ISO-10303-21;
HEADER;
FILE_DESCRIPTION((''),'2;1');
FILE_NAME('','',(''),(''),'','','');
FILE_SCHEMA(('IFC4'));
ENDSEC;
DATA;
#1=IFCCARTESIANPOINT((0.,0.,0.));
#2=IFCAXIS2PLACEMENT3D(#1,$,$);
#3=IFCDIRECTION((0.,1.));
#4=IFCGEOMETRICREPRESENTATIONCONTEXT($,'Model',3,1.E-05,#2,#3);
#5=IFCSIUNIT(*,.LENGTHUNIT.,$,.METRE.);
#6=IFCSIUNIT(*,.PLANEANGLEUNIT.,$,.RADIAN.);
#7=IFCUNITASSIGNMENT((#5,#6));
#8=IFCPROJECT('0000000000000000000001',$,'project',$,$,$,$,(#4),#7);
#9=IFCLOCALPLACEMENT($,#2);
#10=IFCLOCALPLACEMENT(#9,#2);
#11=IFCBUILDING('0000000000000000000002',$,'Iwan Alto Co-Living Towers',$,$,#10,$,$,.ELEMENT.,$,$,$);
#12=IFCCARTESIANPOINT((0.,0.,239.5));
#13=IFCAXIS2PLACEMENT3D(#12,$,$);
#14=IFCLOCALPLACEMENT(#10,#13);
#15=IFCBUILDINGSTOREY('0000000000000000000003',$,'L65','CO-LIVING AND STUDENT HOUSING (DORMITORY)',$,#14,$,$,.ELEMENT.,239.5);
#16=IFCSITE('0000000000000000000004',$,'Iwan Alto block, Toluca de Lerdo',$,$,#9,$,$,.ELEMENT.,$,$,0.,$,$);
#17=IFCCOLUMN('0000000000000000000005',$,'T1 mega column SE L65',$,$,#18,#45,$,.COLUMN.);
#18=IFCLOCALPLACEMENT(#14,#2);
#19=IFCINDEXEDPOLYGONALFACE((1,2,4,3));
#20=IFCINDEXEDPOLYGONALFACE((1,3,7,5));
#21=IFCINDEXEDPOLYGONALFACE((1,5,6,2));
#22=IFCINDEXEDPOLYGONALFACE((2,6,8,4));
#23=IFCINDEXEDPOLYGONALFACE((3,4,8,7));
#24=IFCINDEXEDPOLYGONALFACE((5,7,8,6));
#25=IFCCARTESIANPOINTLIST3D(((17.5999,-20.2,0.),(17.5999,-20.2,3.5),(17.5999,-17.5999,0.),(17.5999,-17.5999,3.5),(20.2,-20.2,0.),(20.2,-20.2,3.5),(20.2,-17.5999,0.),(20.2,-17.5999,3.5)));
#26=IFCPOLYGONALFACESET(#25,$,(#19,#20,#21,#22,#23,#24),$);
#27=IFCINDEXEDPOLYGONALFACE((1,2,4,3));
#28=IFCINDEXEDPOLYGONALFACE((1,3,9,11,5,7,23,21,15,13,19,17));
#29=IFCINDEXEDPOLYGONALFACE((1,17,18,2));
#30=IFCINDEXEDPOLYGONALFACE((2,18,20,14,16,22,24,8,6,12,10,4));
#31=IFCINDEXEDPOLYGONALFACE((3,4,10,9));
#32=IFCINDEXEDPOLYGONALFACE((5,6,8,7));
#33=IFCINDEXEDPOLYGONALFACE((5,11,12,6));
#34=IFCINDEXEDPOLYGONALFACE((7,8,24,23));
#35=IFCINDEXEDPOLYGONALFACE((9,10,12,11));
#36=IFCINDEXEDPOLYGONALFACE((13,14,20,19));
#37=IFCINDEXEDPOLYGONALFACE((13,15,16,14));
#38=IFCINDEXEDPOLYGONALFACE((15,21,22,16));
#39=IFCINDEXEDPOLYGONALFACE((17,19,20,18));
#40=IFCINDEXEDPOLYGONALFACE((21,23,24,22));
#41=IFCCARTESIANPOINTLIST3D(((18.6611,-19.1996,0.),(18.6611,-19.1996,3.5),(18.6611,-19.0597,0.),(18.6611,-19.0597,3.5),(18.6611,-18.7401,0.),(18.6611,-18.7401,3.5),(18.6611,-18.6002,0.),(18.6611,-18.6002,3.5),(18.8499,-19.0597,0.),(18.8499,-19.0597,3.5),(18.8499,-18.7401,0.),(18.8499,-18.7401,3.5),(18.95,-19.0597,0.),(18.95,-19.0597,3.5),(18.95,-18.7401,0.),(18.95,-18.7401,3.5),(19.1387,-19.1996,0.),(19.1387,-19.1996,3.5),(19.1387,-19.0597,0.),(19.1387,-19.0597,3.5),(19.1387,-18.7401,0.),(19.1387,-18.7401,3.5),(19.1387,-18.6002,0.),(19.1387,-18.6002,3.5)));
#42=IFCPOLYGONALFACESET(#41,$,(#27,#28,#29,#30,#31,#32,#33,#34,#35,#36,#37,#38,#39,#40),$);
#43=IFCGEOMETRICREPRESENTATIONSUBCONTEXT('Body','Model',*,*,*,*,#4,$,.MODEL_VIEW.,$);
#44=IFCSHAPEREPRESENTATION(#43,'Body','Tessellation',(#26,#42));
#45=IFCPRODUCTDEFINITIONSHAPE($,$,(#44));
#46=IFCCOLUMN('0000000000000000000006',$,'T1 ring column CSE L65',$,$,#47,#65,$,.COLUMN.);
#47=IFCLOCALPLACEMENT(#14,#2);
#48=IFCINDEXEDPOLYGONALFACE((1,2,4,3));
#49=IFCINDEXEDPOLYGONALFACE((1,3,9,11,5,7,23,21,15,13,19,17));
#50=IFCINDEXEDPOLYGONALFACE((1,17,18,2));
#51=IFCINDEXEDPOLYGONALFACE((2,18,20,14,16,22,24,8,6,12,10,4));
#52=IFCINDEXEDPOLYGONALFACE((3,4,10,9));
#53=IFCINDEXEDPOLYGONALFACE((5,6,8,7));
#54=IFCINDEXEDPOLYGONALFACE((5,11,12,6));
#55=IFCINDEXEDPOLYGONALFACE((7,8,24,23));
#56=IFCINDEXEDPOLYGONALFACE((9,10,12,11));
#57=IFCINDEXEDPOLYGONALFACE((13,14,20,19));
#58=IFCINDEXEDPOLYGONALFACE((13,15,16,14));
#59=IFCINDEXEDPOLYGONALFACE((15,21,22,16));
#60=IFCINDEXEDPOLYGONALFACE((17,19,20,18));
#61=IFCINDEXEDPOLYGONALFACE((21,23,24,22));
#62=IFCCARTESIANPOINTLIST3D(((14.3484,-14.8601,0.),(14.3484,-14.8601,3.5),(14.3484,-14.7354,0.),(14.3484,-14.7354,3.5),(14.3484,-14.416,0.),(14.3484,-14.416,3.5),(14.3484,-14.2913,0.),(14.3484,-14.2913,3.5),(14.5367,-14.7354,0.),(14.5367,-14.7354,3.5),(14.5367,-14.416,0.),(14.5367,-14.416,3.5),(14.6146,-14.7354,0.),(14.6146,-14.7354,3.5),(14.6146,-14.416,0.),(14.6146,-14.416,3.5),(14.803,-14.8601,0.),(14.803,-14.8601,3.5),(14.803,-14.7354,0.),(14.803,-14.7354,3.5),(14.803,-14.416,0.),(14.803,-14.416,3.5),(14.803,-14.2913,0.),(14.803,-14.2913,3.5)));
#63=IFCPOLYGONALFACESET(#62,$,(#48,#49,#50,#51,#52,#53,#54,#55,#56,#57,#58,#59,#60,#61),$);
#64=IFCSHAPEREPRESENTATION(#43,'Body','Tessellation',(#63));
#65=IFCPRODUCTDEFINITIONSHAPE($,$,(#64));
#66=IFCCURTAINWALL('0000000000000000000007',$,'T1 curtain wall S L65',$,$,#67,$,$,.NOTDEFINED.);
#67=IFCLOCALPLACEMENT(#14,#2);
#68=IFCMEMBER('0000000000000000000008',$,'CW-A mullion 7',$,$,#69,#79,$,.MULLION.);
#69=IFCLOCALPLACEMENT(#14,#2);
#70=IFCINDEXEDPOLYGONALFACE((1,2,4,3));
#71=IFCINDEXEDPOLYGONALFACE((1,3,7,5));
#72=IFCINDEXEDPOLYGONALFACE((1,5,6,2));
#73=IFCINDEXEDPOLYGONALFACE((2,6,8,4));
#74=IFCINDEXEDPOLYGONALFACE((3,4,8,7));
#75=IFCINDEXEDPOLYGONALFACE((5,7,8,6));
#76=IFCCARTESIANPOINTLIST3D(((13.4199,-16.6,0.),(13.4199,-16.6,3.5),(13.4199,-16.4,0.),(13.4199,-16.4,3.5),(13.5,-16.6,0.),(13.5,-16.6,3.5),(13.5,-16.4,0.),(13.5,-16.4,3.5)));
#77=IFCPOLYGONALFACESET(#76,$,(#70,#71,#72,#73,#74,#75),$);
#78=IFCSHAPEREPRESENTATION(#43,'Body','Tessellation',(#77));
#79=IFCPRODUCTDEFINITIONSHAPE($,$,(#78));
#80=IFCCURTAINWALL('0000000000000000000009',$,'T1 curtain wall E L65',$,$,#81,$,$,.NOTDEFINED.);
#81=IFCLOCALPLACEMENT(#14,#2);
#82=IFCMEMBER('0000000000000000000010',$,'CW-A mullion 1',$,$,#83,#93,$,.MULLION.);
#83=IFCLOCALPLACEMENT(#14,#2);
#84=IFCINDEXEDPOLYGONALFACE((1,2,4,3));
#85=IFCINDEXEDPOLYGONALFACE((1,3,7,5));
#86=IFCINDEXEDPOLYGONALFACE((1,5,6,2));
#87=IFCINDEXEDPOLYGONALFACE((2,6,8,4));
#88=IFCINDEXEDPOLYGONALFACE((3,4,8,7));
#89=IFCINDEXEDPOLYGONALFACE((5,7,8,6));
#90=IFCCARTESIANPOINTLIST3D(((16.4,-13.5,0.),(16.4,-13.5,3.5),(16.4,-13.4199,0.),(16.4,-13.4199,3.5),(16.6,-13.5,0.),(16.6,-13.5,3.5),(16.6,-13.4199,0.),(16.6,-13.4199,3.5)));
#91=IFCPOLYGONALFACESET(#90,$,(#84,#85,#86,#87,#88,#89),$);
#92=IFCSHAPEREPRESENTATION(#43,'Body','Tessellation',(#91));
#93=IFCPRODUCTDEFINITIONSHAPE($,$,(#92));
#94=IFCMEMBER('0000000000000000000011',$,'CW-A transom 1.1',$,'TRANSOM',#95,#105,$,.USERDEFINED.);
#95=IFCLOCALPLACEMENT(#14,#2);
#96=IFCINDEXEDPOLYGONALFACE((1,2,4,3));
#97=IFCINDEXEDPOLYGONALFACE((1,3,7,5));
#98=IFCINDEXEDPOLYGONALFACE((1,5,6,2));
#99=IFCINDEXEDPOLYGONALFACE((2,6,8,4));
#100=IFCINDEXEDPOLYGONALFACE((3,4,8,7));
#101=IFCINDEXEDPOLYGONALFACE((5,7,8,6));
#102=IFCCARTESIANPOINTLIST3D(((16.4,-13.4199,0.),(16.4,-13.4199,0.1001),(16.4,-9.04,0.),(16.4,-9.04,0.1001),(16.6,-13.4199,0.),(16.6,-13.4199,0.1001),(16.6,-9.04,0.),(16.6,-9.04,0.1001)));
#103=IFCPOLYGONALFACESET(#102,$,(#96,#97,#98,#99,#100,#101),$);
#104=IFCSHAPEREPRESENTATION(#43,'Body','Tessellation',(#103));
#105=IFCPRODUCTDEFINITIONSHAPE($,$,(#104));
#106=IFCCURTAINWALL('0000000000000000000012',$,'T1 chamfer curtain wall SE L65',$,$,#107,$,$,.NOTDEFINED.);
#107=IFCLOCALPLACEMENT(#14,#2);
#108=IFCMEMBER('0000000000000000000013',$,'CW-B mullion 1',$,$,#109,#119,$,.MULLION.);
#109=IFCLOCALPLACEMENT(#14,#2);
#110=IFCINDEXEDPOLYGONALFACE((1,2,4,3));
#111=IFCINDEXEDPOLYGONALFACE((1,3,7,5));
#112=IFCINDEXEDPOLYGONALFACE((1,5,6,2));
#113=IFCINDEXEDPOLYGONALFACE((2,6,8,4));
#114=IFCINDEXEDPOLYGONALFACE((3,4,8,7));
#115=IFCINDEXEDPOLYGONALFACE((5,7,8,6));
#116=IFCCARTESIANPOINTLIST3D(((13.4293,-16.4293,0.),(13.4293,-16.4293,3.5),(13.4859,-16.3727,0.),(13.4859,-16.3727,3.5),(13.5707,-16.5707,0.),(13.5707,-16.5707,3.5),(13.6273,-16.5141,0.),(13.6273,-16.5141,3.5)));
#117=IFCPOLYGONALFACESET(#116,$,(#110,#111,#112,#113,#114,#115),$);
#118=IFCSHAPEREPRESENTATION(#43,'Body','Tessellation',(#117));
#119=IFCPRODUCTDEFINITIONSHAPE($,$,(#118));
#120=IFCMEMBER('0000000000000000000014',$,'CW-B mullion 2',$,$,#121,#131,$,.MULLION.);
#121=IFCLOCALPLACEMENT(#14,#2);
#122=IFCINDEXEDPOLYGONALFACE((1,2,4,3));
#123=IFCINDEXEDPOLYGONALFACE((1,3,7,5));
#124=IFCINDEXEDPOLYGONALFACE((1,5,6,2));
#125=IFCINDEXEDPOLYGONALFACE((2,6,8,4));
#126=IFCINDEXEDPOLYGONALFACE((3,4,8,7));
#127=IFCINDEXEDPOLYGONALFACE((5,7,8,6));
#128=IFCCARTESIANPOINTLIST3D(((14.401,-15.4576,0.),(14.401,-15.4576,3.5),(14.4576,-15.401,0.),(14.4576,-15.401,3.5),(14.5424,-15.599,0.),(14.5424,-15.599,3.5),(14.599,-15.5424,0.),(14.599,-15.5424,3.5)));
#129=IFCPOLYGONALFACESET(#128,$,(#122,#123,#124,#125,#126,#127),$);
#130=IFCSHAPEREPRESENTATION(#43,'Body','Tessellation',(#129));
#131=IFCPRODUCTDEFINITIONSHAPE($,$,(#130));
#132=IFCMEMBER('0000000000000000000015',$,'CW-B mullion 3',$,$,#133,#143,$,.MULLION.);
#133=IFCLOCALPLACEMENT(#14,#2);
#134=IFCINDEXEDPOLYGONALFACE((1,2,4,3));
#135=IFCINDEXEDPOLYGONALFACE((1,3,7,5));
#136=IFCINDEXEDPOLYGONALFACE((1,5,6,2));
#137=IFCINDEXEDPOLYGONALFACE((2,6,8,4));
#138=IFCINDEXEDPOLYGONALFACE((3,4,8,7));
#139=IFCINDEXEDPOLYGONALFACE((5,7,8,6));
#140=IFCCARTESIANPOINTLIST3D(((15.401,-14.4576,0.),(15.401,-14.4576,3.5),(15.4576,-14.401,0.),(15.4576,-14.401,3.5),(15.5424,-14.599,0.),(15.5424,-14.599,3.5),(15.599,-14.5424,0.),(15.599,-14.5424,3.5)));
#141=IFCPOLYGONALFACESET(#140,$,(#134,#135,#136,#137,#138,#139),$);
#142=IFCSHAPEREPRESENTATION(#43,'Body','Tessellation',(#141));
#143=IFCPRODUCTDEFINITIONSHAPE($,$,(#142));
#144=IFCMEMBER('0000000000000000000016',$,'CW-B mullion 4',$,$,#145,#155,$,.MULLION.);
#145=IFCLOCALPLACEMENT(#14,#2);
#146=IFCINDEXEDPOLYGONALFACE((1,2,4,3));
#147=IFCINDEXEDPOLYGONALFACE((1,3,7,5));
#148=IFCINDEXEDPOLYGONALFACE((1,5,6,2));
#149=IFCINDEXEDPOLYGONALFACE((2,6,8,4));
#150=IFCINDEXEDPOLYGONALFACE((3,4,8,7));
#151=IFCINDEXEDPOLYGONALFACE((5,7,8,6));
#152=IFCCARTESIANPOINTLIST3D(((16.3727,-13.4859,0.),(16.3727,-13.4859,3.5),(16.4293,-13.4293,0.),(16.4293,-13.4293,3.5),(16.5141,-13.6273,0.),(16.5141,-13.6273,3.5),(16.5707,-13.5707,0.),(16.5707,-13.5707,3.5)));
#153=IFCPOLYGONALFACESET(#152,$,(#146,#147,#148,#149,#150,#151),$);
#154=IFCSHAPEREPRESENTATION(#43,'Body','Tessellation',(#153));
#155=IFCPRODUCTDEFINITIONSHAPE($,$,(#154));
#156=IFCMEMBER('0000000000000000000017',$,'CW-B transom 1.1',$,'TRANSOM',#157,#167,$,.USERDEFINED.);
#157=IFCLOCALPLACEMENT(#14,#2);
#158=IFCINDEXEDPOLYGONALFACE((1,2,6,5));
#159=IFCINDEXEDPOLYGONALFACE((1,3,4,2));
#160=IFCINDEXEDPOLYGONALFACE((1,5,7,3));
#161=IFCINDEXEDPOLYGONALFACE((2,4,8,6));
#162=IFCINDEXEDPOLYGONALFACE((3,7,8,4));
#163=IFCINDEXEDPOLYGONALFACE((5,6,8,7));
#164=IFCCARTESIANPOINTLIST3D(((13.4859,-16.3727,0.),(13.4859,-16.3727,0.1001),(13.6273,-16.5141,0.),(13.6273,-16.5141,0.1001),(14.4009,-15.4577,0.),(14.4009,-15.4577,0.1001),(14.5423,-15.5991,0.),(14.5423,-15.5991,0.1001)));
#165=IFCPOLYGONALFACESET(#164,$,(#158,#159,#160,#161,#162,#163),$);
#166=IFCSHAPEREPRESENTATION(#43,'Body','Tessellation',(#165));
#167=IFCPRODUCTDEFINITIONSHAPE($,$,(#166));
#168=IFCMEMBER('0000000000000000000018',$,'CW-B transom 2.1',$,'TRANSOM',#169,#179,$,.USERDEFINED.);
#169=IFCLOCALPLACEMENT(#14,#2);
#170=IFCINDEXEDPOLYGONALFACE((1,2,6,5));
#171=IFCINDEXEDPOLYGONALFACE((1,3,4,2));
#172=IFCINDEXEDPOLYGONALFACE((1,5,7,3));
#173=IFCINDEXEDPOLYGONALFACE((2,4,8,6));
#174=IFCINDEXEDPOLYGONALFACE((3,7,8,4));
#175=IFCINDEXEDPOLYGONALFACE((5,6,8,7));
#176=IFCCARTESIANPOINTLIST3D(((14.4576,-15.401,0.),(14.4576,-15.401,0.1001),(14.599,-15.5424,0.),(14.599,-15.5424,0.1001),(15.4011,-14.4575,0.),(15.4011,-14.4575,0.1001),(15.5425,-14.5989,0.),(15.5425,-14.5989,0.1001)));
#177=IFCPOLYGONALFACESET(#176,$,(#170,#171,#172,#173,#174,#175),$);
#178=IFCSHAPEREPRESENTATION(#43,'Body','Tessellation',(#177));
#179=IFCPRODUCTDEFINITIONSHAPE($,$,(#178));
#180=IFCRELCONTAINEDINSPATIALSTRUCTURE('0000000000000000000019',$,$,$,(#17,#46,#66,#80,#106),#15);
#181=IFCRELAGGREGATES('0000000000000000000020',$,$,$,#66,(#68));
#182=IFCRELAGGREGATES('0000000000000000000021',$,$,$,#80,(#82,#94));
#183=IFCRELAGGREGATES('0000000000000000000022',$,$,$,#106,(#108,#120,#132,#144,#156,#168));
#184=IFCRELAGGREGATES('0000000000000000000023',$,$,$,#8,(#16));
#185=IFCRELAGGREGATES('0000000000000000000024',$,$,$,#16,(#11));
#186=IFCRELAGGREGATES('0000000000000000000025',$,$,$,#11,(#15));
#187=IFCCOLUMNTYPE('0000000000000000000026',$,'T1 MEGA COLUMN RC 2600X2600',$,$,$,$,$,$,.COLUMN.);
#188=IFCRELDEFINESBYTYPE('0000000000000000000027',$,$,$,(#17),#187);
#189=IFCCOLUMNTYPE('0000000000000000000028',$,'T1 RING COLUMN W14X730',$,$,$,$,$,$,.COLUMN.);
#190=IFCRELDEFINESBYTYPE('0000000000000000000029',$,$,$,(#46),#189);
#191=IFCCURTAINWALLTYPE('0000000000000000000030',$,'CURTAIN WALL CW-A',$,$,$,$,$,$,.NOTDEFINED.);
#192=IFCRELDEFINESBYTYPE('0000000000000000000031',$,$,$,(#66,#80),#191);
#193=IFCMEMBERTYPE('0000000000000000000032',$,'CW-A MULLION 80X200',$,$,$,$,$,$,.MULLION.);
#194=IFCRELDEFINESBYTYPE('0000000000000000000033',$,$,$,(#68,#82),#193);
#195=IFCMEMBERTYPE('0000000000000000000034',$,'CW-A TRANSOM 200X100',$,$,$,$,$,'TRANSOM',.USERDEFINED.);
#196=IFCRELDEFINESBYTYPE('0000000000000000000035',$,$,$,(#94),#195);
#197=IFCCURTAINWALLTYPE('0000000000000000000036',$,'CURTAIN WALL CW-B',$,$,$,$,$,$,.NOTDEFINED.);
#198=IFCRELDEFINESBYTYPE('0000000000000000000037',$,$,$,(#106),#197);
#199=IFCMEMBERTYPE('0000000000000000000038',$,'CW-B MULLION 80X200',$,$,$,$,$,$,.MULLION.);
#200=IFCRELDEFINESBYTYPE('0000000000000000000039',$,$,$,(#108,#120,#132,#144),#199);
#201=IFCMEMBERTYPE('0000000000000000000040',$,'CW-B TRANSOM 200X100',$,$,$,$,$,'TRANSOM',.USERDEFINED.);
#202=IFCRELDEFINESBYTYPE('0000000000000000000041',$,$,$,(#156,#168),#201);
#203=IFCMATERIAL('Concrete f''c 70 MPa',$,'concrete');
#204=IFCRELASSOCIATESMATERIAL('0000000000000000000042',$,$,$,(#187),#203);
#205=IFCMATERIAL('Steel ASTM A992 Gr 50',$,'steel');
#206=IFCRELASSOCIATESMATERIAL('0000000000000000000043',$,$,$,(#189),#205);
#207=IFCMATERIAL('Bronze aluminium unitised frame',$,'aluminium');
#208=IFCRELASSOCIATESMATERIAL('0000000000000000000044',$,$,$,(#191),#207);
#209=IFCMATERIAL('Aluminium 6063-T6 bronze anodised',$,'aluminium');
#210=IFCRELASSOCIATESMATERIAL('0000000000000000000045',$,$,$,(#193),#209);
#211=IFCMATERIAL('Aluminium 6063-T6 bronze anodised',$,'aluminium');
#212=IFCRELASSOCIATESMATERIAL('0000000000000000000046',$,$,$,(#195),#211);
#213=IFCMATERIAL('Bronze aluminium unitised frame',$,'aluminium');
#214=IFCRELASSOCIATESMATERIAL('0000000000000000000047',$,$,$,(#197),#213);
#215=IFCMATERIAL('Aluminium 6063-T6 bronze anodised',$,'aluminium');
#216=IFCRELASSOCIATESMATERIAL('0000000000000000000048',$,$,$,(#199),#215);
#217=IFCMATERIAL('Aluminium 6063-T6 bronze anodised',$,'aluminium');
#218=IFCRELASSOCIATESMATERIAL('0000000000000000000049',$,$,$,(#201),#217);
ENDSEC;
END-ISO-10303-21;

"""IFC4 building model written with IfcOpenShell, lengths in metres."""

from ifc_helpers import new_model, si_unit, direction, frame, origin, origin_2d, place, context, subcontext, project, spatial, rectangle, i_section, extrude, material, material_profile, profile_set, type_object, element, aggregate, save


model = new_model("IFC4")

# Units and contexts
model_context = context("Model", 3, precision=1e-05, world=origin(), true_north=direction((0.0, 1.0)))
body_context = subcontext(model_context, "Body", "Model", "MODEL_VIEW")
ifc_project = project(units=[si_unit("LENGTHUNIT", "METRE"), si_unit("PLANEANGLEUNIT", "RADIAN")], contexts=[model_context])

# Site, building, storey
site_placement = place(None, origin())
site = spatial("IfcSite", under=ifc_project, at=site_placement, Name="Iwan Alto block, Toluca de Lerdo", CompositionType="ELEMENT", RefElevation=0.0)
building_placement = place(site_placement, origin())
building = spatial("IfcBuilding", under=site, at=building_placement, Name="Iwan Alto Co-Living Towers", CompositionType="ELEMENT")
storey_placement = place(building_placement, frame((0.0, 0.0, 239.5)))
storey = spatial("IfcBuildingStorey", under=building, at=storey_placement, Name="L65", Description="CO-LIVING AND STUDENT HOUSING (DORMITORY)", CompositionType="ELEMENT", Elevation=239.5)

# Columns
ifc_material_1 = material(Name="Concrete f'c 70 MPa", Category="concrete")
ifc_material_profile_1 = material_profile(ifc_material_1, rectangle(XDim=2.6001, YDim=2.6001, at=origin_2d()), Name="RC 2600X2600")
ifc_profile_set_1 = profile_set([ifc_material_profile_1], Name="Concrete f'c 70 MPa")
column_type_1 = type_object("IfcColumnType", Name="T1 MEGA COLUMN RC 2600X2600", PredefinedType="COLUMN", material=ifc_profile_set_1)
column_1_placement = place(storey_placement, frame((18.8999, -18.8999, 0.0), z_axis=(0.0, 0.0, 1.0), x_axis=(1.0, 0.0, 0.0)))
element("IfcColumn", 1, at=column_1_placement, inside=storey, type_object=column_type_1, Name="T1 mega column SE L65", PredefinedType="COLUMN", context=body_context, shape_type="SweptSolid", body=[
    extrude(rectangle(XDim=2.6001, YDim=2.6001, at=origin_2d()), origin(), (0.0, 0.0, 1.0), 3.5),
    extrude(i_section(OverallWidth=0.4775, OverallDepth=0.5994, WebThickness=0.1001, FlangeThickness=0.1399, at=origin_2d()), origin(), (0.0, 0.0, 1.0), 3.5),
])
ifc_material_2 = material(Name="Steel ASTM A992 Gr 50", Category="steel")
ifc_material_profile_2 = material_profile(ifc_material_2, i_section(OverallWidth=0.4546, OverallDepth=0.5688, WebThickness=0.0779, FlangeThickness=0.1248, at=origin_2d()), Name="W14X730")
ifc_profile_set_2 = profile_set([ifc_material_profile_2], Name="Steel ASTM A992 Gr 50")
column_type_2 = type_object("IfcColumnType", Name="T1 RING COLUMN W14X730", PredefinedType="COLUMN", material=ifc_profile_set_2)
column_2_placement = place(storey_placement, frame((14.5757, -14.5757, 0.0), z_axis=(0.0, 0.0, 1.0), x_axis=(1.0, 0.0, 0.0)))
element("IfcColumn", 2, at=column_2_placement, inside=storey, type_object=column_type_2, Name="T1 ring column CSE L65", PredefinedType="COLUMN", context=body_context, shape_type="SweptSolid", body=[
    extrude(i_section(OverallWidth=0.4546, OverallDepth=0.5688, WebThickness=0.0779, FlangeThickness=0.1248, at=origin_2d()), origin(), (0.0, 0.0, 1.0), 3.5),
])

# Curtain wall, member
ifc_material_3 = material(Name="Bronze aluminium unitised frame", Category="aluminium")
curtain_wall_type_1 = type_object("IfcCurtainWallType", Name="CURTAIN WALL CW-A", PredefinedType="NOTDEFINED", material=ifc_material_3)
curtain_wall_1_placement = place(storey_placement, origin())
curtain_wall_1 = element("IfcCurtainWall", 3, at=curtain_wall_1_placement, inside=storey, type_object=curtain_wall_type_1, Name="T1 curtain wall S L65", PredefinedType="NOTDEFINED")
ifc_material_4 = material(Name="Aluminium 6063-T6 bronze anodised", Category="aluminium")
ifc_material_profile_3 = material_profile(ifc_material_4, rectangle(XDim=0.2, YDim=0.0801, at=origin_2d()), Name="AL 80X200")
ifc_profile_set_3 = profile_set([ifc_material_profile_3], Name="Aluminium 6063-T6 bronze anodised")
member_type_1 = type_object("IfcMemberType", Name="CW-A MULLION 80X200", PredefinedType="MULLION", material=ifc_profile_set_3)
member_1_placement = place(storey_placement, frame((13.46, -16.5, 0.0), z_axis=(0.0, 0.0, 1.0), x_axis=(0.0, 1.0, 0.0)))
member_1 = element("IfcMember", 4, at=member_1_placement, type_object=member_type_1, Name="CW-A mullion 7", PredefinedType="MULLION", context=body_context, shape_type="SweptSolid", body=[
    extrude(rectangle(XDim=0.2, YDim=0.0801, at=origin_2d()), origin(), (0.0, 0.0, 1.0), 3.5),
])
aggregate(curtain_wall_1, [member_1])

# Curtain walls, members
curtain_wall_2_placement = place(storey_placement, origin())
curtain_wall_2 = element("IfcCurtainWall", 5, at=curtain_wall_2_placement, inside=storey, type_object=curtain_wall_type_1, Name="T1 curtain wall E L65", PredefinedType="NOTDEFINED")
member_2_placement = place(storey_placement, frame((16.5, -13.46, 0.0), z_axis=(0.0, 0.0, 1.0), x_axis=(-1.0, 0.0, 0.0)))
member_2 = element("IfcMember", 6, at=member_2_placement, type_object=member_type_1, Name="CW-A mullion 1", PredefinedType="MULLION", context=body_context, shape_type="SweptSolid", body=[
    extrude(rectangle(XDim=0.2, YDim=0.0801, at=origin_2d()), origin(), (0.0, 0.0, 1.0), 3.5),
])
ifc_material_5 = material(Name="Aluminium 6063-T6 bronze anodised", Category="aluminium")
ifc_material_profile_4 = material_profile(ifc_material_5, rectangle(XDim=0.2, YDim=0.1001, at=origin_2d()), Name="AL 200X100")
ifc_profile_set_4 = profile_set([ifc_material_profile_4], Name="Aluminium 6063-T6 bronze anodised")
member_type_2 = type_object("IfcMemberType", Name="CW-A TRANSOM 200X100", ElementType="TRANSOM", PredefinedType="USERDEFINED", material=ifc_profile_set_4)
member_3_placement = place(storey_placement, frame((16.5, -13.4199, 0.05), z_axis=(0.0, 1.0, 0.0), x_axis=(-1.0, 0.0, 0.0)))
member_3 = element("IfcMember", 7, at=member_3_placement, type_object=member_type_2, Name="CW-A transom 1.1", ObjectType="TRANSOM", PredefinedType="USERDEFINED", context=body_context, shape_type="SweptSolid", body=[
    extrude(rectangle(XDim=0.2, YDim=0.1001, at=origin_2d()), origin(), (0.0, 0.0, 1.0), 4.3799),
])
aggregate(curtain_wall_2, [member_2, member_3])
ifc_material_6 = material(Name="Bronze aluminium unitised frame", Category="aluminium")
curtain_wall_type_2 = type_object("IfcCurtainWallType", Name="CURTAIN WALL CW-B", PredefinedType="NOTDEFINED", material=ifc_material_6)
curtain_wall_3_placement = place(storey_placement, origin())
curtain_wall_3 = element("IfcCurtainWall", 8, at=curtain_wall_3_placement, inside=storey, type_object=curtain_wall_type_2, Name="T1 chamfer curtain wall SE L65", PredefinedType="NOTDEFINED")
ifc_material_7 = material(Name="Aluminium 6063-T6 bronze anodised", Category="aluminium")
ifc_material_profile_5 = material_profile(ifc_material_7, rectangle(XDim=0.2, YDim=0.0801, at=origin_2d()), Name="AL 80X200")
ifc_profile_set_5 = profile_set([ifc_material_profile_5], Name="Aluminium 6063-T6 bronze anodised")
member_type_3 = type_object("IfcMemberType", Name="CW-B MULLION 80X200", PredefinedType="MULLION", material=ifc_profile_set_5)
member_4_placement = place(storey_placement, frame((13.5283, -16.4717, 0.0), z_axis=(0.0, 0.0, 1.0), x_axis=(-0.707107, 0.707107, 0.0)))
member_4 = element("IfcMember", 9, at=member_4_placement, type_object=member_type_3, Name="CW-B mullion 1", PredefinedType="MULLION", context=body_context, shape_type="SweptSolid", body=[
    extrude(rectangle(XDim=0.2, YDim=0.0801, at=origin_2d()), origin(), (0.0, 0.0, 1.0), 3.5),
])
member_5_placement = place(storey_placement, frame((14.5, -15.5, 0.0), z_axis=(0.0, 0.0, 1.0), x_axis=(-0.707107, 0.707107, 0.0)))
member_5 = element("IfcMember", 10, at=member_5_placement, type_object=member_type_3, Name="CW-B mullion 2", PredefinedType="MULLION", context=body_context, shape_type="SweptSolid", body=[
    extrude(rectangle(XDim=0.2, YDim=0.0801, at=origin_2d()), origin(), (0.0, 0.0, 1.0), 3.5),
])
member_6_placement = place(storey_placement, frame((15.5, -14.5, 0.0), z_axis=(0.0, 0.0, 1.0), x_axis=(-0.707107, 0.707107, 0.0)))
member_6 = element("IfcMember", 11, at=member_6_placement, type_object=member_type_3, Name="CW-B mullion 3", PredefinedType="MULLION", context=body_context, shape_type="SweptSolid", body=[
    extrude(rectangle(XDim=0.2, YDim=0.0801, at=origin_2d()), origin(), (0.0, 0.0, 1.0), 3.5),
])
member_7_placement = place(storey_placement, frame((16.4717, -13.5283, 0.0), z_axis=(0.0, 0.0, 1.0), x_axis=(-0.707107, 0.707107, 0.0)))
member_7 = element("IfcMember", 12, at=member_7_placement, type_object=member_type_3, Name="CW-B mullion 4", PredefinedType="MULLION", context=body_context, shape_type="SweptSolid", body=[
    extrude(rectangle(XDim=0.2, YDim=0.0801, at=origin_2d()), origin(), (0.0, 0.0, 1.0), 3.5),
])
ifc_material_8 = material(Name="Aluminium 6063-T6 bronze anodised", Category="aluminium")
ifc_material_profile_6 = material_profile(ifc_material_8, rectangle(XDim=0.2, YDim=0.1001, at=origin_2d()), Name="AL 200X100")
ifc_profile_set_6 = profile_set([ifc_material_profile_6], Name="Aluminium 6063-T6 bronze anodised")
member_type_4 = type_object("IfcMemberType", Name="CW-B TRANSOM 200X100", ElementType="TRANSOM", PredefinedType="USERDEFINED", material=ifc_profile_set_6)
member_8_placement = place(storey_placement, frame((13.5566, -16.4434, 0.05), z_axis=(0.707107, 0.707107, 0.0), x_axis=(-0.707107, 0.707107, 0.0)))
member_8 = element("IfcMember", 13, at=member_8_placement, type_object=member_type_4, Name="CW-B transom 1.1", ObjectType="TRANSOM", PredefinedType="USERDEFINED", context=body_context, shape_type="SweptSolid", body=[
    extrude(rectangle(XDim=0.2, YDim=0.1001, at=origin_2d()), origin(), (0.0, 0.0, 1.0), 1.2939),
])
member_9_placement = place(storey_placement, frame((14.5283, -15.4717, 0.05), z_axis=(0.707107, 0.707107, 0.0), x_axis=(-0.707107, 0.707107, 0.0)))
member_9 = element("IfcMember", 14, at=member_9_placement, type_object=member_type_4, Name="CW-B transom 2.1", ObjectType="TRANSOM", PredefinedType="USERDEFINED", context=body_context, shape_type="SweptSolid", body=[
    extrude(rectangle(XDim=0.2, YDim=0.1001, at=origin_2d()), origin(), (0.0, 0.0, 1.0), 1.3342),
])

aggregate(curtain_wall_3, [member_4, member_5, member_6, member_7, member_8, member_9])

save(model, "model.ifc")
